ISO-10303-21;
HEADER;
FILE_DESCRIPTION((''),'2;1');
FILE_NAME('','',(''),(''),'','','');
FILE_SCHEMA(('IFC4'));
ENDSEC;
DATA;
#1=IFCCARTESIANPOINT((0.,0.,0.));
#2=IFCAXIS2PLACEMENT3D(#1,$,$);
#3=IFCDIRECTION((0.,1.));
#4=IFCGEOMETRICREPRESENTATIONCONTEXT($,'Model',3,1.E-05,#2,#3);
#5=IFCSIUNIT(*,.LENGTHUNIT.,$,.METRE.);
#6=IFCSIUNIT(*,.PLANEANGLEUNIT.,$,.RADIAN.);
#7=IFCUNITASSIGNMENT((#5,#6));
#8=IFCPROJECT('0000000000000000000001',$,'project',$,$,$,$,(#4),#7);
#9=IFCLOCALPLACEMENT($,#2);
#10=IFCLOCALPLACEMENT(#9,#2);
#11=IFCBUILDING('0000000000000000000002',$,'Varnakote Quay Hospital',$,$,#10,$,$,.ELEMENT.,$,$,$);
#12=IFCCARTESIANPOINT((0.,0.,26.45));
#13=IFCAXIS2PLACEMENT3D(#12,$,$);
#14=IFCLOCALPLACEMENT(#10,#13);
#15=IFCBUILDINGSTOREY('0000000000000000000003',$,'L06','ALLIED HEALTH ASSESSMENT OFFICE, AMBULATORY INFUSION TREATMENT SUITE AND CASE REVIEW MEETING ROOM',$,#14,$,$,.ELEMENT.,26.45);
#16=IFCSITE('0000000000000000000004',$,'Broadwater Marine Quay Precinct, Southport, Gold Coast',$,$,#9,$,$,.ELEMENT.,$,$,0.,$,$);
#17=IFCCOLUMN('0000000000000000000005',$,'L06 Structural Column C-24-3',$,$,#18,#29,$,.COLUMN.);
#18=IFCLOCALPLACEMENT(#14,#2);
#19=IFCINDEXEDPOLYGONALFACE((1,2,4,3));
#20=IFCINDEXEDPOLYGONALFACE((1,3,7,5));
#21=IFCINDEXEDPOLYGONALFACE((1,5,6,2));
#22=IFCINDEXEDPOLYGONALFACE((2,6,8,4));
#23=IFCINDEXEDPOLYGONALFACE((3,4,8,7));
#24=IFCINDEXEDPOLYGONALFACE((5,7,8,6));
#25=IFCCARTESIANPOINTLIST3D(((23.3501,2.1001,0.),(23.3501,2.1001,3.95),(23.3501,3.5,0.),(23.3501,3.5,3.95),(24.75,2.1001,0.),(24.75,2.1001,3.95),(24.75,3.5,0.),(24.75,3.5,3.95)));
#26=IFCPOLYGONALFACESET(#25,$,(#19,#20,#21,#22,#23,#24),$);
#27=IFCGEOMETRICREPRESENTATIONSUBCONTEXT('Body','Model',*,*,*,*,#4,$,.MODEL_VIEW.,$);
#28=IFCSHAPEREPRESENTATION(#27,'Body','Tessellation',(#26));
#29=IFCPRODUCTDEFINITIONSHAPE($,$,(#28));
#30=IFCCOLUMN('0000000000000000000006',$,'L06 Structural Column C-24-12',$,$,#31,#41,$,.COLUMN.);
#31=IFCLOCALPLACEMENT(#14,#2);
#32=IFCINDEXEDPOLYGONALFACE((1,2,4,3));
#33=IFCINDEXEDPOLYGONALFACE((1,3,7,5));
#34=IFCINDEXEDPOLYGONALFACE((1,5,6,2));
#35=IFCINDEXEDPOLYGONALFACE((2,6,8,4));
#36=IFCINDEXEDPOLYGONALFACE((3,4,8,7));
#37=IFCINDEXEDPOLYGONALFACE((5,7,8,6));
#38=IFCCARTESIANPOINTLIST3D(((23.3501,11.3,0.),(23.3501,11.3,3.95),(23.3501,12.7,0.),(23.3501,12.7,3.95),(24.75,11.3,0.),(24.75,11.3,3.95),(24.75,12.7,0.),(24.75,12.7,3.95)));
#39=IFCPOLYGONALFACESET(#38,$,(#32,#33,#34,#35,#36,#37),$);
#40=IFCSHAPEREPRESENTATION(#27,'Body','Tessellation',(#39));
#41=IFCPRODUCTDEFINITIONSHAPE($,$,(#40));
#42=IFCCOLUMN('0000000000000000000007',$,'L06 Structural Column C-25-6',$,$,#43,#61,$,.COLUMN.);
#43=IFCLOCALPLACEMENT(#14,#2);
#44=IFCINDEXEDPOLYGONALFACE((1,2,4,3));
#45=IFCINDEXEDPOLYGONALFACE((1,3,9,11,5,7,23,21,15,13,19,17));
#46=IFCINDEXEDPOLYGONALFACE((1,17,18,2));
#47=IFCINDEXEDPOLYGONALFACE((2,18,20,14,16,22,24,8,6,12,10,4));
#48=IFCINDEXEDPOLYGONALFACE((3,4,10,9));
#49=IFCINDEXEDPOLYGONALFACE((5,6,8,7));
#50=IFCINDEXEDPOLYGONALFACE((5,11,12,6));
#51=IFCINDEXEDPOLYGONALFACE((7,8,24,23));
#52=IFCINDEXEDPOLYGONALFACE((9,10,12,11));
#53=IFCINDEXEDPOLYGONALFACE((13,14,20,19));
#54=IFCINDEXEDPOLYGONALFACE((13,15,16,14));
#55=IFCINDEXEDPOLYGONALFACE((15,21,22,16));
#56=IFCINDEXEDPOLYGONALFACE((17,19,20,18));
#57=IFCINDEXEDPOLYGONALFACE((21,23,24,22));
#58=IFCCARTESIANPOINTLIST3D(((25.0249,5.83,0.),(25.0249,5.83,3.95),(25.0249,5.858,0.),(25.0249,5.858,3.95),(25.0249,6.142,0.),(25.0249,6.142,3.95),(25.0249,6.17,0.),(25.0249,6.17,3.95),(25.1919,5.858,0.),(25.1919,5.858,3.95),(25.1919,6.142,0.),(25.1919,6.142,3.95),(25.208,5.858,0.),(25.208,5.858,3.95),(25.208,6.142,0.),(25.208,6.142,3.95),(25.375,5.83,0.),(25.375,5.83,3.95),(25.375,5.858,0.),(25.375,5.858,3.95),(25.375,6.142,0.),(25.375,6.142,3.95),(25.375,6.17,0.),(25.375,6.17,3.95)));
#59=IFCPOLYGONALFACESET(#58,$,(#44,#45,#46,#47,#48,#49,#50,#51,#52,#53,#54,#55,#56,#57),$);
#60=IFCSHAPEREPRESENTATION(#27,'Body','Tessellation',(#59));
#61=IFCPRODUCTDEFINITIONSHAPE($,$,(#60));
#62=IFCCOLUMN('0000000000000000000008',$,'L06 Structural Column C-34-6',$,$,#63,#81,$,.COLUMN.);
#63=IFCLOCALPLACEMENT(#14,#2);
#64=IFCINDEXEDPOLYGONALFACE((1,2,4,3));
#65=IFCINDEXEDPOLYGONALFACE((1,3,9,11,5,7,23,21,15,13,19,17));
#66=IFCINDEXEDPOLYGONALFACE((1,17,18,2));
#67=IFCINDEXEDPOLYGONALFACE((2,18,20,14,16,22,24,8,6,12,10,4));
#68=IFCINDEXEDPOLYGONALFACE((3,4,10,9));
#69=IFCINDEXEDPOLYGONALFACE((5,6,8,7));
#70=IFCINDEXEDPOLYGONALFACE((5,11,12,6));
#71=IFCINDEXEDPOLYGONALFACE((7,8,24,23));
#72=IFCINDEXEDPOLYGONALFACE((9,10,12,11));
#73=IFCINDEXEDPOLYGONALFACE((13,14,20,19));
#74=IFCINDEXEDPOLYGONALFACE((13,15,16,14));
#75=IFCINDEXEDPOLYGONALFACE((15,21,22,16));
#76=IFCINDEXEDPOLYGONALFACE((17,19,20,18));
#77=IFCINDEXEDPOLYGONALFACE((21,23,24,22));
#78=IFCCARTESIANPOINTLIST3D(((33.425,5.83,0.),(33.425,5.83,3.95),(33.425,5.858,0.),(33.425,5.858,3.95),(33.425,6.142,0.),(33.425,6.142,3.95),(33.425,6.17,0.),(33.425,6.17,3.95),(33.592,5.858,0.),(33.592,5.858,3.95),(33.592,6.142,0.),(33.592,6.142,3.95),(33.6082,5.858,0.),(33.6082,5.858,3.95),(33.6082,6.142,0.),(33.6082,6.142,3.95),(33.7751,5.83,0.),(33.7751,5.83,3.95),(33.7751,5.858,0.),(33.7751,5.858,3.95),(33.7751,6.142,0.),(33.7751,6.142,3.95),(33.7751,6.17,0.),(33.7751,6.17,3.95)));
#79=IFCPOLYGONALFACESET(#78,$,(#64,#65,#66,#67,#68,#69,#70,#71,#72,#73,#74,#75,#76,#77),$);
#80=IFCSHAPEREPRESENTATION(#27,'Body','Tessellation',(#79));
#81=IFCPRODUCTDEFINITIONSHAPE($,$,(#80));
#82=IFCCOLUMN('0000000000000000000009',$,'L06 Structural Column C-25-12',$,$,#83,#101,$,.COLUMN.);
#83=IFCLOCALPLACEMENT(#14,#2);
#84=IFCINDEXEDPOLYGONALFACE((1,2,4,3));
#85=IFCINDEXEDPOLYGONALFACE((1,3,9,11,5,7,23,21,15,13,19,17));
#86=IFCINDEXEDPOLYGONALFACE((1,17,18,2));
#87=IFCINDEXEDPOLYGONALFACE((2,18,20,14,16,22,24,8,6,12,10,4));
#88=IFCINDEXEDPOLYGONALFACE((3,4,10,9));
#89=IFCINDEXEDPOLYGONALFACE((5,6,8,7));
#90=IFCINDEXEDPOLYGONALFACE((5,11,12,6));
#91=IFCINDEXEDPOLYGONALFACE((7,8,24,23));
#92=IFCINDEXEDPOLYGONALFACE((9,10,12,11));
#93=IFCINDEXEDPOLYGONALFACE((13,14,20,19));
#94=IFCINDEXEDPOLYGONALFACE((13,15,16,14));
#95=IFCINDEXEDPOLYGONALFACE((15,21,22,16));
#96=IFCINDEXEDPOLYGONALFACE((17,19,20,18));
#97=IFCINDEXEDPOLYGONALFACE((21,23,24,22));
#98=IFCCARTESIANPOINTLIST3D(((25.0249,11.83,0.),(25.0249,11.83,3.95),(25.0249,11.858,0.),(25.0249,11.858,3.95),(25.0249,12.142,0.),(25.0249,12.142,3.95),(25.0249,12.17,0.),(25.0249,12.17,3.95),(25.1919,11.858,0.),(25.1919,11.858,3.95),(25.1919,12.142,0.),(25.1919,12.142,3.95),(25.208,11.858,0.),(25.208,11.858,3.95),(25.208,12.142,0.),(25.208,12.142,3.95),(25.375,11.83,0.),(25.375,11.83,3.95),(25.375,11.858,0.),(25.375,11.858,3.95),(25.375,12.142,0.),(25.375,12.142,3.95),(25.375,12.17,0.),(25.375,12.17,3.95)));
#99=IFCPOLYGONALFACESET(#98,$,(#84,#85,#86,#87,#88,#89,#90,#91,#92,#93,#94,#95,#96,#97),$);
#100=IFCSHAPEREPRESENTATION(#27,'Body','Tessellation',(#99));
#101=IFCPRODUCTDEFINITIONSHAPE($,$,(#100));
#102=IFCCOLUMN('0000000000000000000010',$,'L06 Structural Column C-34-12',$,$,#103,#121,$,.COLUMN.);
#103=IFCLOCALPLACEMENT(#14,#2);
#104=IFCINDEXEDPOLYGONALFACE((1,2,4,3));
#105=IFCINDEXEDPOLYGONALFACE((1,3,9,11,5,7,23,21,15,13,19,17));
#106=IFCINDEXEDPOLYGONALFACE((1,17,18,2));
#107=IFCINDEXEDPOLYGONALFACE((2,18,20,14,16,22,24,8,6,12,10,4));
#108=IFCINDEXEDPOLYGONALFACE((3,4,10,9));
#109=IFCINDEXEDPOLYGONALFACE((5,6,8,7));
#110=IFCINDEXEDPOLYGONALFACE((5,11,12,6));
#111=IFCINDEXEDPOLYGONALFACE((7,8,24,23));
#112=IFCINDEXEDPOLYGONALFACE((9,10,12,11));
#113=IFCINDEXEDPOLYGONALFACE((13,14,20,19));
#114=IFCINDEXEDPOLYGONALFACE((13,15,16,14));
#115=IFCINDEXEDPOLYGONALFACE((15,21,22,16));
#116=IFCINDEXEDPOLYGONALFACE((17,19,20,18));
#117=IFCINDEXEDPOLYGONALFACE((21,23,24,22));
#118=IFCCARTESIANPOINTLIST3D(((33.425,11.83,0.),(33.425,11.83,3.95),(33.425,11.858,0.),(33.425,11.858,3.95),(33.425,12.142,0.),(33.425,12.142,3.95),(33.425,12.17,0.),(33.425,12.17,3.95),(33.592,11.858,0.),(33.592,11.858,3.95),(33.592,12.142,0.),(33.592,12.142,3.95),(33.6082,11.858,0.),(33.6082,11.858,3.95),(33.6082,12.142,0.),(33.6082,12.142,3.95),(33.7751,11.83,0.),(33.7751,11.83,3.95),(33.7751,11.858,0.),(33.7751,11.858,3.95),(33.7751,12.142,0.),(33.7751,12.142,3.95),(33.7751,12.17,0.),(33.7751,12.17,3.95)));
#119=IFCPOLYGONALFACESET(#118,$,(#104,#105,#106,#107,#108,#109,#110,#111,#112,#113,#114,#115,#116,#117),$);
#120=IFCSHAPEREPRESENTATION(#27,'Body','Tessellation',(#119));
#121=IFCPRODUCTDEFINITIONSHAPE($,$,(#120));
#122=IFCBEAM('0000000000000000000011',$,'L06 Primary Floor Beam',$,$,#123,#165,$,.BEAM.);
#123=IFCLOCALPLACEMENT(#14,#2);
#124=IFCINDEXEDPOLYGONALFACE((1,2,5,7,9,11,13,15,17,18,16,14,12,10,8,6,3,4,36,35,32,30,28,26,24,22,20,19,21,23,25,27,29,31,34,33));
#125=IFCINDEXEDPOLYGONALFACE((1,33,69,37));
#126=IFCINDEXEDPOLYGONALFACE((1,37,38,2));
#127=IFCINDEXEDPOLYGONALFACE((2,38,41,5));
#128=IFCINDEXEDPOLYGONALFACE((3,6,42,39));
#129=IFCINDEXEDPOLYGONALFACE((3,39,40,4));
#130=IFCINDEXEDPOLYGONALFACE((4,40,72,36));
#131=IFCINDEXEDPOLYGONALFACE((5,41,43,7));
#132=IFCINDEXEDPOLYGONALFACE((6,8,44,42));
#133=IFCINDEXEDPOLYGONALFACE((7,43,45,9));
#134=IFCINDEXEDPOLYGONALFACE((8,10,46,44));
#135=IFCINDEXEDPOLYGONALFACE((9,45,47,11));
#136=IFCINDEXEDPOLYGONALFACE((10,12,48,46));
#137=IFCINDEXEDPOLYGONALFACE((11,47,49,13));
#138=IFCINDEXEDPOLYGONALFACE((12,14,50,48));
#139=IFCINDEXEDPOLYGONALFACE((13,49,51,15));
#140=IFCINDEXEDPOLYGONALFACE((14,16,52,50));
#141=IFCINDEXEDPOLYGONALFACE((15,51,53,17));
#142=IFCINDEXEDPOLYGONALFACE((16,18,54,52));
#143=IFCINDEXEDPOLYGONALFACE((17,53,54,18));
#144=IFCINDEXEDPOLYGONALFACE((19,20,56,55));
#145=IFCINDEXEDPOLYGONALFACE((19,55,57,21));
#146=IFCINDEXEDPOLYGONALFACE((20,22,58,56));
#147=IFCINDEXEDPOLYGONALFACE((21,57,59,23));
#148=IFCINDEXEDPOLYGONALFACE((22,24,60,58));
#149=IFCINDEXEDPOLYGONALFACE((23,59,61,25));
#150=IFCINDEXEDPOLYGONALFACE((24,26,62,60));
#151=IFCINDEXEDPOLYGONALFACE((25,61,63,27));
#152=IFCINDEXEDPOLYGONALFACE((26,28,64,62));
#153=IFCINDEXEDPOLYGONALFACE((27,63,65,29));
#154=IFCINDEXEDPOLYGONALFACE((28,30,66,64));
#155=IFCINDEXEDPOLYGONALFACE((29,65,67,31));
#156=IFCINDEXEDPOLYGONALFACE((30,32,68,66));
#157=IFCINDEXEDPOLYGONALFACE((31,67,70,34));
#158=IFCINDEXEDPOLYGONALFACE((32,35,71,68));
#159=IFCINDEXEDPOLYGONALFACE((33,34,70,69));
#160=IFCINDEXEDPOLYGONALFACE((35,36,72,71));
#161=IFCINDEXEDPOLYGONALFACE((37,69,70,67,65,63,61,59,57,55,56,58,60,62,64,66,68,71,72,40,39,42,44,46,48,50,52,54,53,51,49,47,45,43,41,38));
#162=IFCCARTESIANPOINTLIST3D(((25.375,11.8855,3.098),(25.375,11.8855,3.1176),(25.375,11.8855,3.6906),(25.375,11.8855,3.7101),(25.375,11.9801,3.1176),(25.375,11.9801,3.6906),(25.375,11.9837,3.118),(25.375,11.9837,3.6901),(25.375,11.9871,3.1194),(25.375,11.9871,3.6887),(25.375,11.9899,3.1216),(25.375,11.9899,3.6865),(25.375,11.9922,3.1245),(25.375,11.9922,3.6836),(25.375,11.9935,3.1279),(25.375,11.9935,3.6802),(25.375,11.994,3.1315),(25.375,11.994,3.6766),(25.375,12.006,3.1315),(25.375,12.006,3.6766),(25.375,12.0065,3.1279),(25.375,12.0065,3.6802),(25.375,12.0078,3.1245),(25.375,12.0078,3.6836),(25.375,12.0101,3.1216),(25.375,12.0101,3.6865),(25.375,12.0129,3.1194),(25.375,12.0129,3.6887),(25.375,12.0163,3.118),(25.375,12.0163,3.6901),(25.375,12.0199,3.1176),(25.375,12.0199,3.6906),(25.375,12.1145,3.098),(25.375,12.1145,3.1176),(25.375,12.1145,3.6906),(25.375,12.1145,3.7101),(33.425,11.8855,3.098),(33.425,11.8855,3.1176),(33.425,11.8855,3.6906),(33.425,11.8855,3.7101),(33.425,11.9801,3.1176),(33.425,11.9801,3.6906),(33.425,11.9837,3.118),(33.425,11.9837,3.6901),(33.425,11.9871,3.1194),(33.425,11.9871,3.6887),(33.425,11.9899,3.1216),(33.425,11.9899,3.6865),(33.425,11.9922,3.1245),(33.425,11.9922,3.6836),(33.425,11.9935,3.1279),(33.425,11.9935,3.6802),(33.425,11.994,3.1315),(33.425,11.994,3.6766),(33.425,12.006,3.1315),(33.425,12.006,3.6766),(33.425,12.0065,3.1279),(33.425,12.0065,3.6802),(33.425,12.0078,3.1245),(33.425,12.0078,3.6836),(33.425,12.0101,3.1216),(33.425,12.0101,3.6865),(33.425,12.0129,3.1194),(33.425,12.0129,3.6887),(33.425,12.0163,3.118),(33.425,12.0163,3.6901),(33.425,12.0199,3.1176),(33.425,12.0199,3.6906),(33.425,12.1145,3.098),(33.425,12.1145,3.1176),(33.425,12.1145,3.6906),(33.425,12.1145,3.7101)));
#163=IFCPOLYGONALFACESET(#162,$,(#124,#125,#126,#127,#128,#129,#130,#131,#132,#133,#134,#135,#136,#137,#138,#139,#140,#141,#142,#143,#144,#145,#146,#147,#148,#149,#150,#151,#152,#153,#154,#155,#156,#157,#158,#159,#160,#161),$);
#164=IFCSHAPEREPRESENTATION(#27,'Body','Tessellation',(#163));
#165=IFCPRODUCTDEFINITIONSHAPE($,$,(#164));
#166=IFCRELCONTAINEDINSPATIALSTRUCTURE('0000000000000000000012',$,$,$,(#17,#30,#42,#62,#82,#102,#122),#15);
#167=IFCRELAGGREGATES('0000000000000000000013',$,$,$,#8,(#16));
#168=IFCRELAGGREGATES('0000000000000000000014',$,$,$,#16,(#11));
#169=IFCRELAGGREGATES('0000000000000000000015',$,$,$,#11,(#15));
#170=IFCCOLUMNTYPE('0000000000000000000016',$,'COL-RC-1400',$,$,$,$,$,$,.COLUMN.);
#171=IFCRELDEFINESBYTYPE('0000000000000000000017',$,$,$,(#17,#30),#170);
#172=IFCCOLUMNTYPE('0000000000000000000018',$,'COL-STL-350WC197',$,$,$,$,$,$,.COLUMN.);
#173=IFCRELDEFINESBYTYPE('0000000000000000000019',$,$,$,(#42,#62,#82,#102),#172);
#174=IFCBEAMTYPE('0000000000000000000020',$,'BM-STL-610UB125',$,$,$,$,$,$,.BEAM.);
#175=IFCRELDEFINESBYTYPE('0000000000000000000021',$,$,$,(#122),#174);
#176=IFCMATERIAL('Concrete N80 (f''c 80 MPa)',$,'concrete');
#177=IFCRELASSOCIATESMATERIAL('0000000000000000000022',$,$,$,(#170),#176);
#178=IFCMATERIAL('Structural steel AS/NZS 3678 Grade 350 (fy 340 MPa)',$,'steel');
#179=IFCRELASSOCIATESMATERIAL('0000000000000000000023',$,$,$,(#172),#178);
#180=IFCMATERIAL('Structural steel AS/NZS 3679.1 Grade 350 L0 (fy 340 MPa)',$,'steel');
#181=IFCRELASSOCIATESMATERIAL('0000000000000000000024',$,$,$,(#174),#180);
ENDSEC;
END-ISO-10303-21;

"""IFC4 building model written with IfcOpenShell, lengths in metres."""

from ifc_helpers import new_model, si_unit, direction, frame, origin, origin_2d, place, context, subcontext, project, spatial, rectangle, i_section, extrude, material, material_profile, profile_set, type_object, element, save


model = new_model("IFC4")

# Units and contexts
model_context = context("Model", 3, precision=1e-05, world=origin(), true_north=direction((0.0, 1.0)))
body_context = subcontext(model_context, "Body", "Model", "MODEL_VIEW")
ifc_project = project(units=[si_unit("LENGTHUNIT", "METRE"), si_unit("PLANEANGLEUNIT", "RADIAN")], contexts=[model_context])

# Site, building, storey
site_placement = place(None, origin())
site = spatial("IfcSite", under=ifc_project, at=site_placement, Name="Broadwater Marine Quay Precinct, Southport, Gold Coast", CompositionType="ELEMENT", RefElevation=0.0)
building_placement = place(site_placement, origin())
building = spatial("IfcBuilding", under=site, at=building_placement, Name="Varnakote Quay Hospital", CompositionType="ELEMENT")
storey_placement = place(building_placement, frame((0.0, 0.0, 26.45)))
storey = spatial("IfcBuildingStorey", under=building, at=storey_placement, Name="L06", Description="ALLIED HEALTH ASSESSMENT OFFICE, AMBULATORY INFUSION TREATMENT SUITE AND CASE REVIEW MEETING ROOM", CompositionType="ELEMENT", Elevation=26.45)

# Columns
ifc_material_1 = material(Name="Concrete N80 (f'c 80 MPa)", Category="concrete")
ifc_material_profile_1 = material_profile(ifc_material_1, rectangle(XDim=1.3999, YDim=1.3999, at=origin_2d()), Name="RC-COL-1400x1400")
ifc_profile_set_1 = profile_set([ifc_material_profile_1], Name="Concrete N80 (f'c 80 MPa)")
column_type_1 = type_object("IfcColumnType", Name="COL-RC-1400", PredefinedType="COLUMN", material=ifc_profile_set_1)
for number, where, z_axis, x_axis, name in (
    (1, (24.05, 2.8, 0.0), (0.0, 0.0, 1.0), (1.0, 0.0, 0.0), "L06 Structural Column C-24-3"),
    (2, (24.05, 12.0, 0.0), (0.0, 0.0, 1.0), (1.0, 0.0, 0.0), "L06 Structural Column C-24-12"),
):
    element("IfcColumn", number, at=place(storey_placement, frame(where, z_axis=z_axis, x_axis=x_axis)), inside=storey, type_object=column_type_1, Name=name, PredefinedType="COLUMN", context=body_context, shape_type="SweptSolid", body=[
        extrude(rectangle(XDim=1.3999, YDim=1.3999, at=origin_2d()), origin(), (0.0, 0.0, 1.0), 3.95),
    ])
ifc_material_2 = material(Name="Structural steel AS/NZS 3678 Grade 350 (fy 340 MPa)", Category="steel")
ifc_material_profile_2 = material_profile(ifc_material_2, i_section(OverallWidth=0.3501, OverallDepth=0.3401, WebThickness=0.0161, FlangeThickness=0.0281, at=origin_2d()), Name="350WC197")
ifc_profile_set_2 = profile_set([ifc_material_profile_2], Name="Structural steel AS/NZS 3678 Grade 350 (fy 340 MPa)")
column_type_2 = type_object("IfcColumnType", Name="COL-STL-350WC197", PredefinedType="COLUMN", material=ifc_profile_set_2)
for number, where, z_axis, x_axis, name in (
    (3, (25.2, 6.0, 0.0), (0.0, 0.0, 1.0), (1.0, 0.0, 0.0), "L06 Structural Column C-25-6"),
    (4, (33.6001, 6.0, 0.0), (0.0, 0.0, 1.0), (1.0, 0.0, 0.0), "L06 Structural Column C-34-6"),
    (5, (25.2, 12.0, 0.0), (0.0, 0.0, 1.0), (1.0, 0.0, 0.0), "L06 Structural Column C-25-12"),
    (6, (33.6001, 12.0, 0.0), (0.0, 0.0, 1.0), (1.0, 0.0, 0.0), "L06 Structural Column C-34-12"),
):
    element("IfcColumn", number, at=place(storey_placement, frame(where, z_axis=z_axis, x_axis=x_axis)), inside=storey, type_object=column_type_2, Name=name, PredefinedType="COLUMN", context=body_context, shape_type="SweptSolid", body=[
        extrude(i_section(OverallWidth=0.3501, OverallDepth=0.3401, WebThickness=0.0161, FlangeThickness=0.0281, at=origin_2d()), origin(), (0.0, 0.0, 1.0), 3.95),
    ])

# Beam
ifc_material_3 = material(Name="Structural steel AS/NZS 3679.1 Grade 350 L0 (fy 340 MPa)", Category="steel")
ifc_material_profile_3 = material_profile(ifc_material_3, i_section(OverallWidth=0.229, OverallDepth=0.6121, WebThickness=0.012, FlangeThickness=0.0195, FilletRadius=0.0139, at=origin_2d()), Name="610UB125")
ifc_profile_set_3 = profile_set([ifc_material_profile_3], Name="Structural steel AS/NZS 3679.1 Grade 350 L0 (fy 340 MPa)")
beam_type_1 = type_object("IfcBeamType", Name="BM-STL-610UB125", PredefinedType="BEAM", material=ifc_profile_set_3)
beam_1_placement = place(storey_placement, frame((25.375, 12.0, 3.4041), z_axis=(1.0, 0.0, 0.0), x_axis=(0.0, 1.0, 0.0)))
element("IfcBeam", 7, at=beam_1_placement, inside=storey, type_object=beam_type_1, Name="L06 Primary Floor Beam", PredefinedType="BEAM", context=body_context, shape_type="SweptSolid", body=[
    extrude(i_section(OverallWidth=0.229, OverallDepth=0.6121, WebThickness=0.012, FlangeThickness=0.0195, FilletRadius=0.0139, at=origin_2d()), origin(), (0.0, 0.0, 1.0), 8.05),
])

save(model, "model.ifc")
